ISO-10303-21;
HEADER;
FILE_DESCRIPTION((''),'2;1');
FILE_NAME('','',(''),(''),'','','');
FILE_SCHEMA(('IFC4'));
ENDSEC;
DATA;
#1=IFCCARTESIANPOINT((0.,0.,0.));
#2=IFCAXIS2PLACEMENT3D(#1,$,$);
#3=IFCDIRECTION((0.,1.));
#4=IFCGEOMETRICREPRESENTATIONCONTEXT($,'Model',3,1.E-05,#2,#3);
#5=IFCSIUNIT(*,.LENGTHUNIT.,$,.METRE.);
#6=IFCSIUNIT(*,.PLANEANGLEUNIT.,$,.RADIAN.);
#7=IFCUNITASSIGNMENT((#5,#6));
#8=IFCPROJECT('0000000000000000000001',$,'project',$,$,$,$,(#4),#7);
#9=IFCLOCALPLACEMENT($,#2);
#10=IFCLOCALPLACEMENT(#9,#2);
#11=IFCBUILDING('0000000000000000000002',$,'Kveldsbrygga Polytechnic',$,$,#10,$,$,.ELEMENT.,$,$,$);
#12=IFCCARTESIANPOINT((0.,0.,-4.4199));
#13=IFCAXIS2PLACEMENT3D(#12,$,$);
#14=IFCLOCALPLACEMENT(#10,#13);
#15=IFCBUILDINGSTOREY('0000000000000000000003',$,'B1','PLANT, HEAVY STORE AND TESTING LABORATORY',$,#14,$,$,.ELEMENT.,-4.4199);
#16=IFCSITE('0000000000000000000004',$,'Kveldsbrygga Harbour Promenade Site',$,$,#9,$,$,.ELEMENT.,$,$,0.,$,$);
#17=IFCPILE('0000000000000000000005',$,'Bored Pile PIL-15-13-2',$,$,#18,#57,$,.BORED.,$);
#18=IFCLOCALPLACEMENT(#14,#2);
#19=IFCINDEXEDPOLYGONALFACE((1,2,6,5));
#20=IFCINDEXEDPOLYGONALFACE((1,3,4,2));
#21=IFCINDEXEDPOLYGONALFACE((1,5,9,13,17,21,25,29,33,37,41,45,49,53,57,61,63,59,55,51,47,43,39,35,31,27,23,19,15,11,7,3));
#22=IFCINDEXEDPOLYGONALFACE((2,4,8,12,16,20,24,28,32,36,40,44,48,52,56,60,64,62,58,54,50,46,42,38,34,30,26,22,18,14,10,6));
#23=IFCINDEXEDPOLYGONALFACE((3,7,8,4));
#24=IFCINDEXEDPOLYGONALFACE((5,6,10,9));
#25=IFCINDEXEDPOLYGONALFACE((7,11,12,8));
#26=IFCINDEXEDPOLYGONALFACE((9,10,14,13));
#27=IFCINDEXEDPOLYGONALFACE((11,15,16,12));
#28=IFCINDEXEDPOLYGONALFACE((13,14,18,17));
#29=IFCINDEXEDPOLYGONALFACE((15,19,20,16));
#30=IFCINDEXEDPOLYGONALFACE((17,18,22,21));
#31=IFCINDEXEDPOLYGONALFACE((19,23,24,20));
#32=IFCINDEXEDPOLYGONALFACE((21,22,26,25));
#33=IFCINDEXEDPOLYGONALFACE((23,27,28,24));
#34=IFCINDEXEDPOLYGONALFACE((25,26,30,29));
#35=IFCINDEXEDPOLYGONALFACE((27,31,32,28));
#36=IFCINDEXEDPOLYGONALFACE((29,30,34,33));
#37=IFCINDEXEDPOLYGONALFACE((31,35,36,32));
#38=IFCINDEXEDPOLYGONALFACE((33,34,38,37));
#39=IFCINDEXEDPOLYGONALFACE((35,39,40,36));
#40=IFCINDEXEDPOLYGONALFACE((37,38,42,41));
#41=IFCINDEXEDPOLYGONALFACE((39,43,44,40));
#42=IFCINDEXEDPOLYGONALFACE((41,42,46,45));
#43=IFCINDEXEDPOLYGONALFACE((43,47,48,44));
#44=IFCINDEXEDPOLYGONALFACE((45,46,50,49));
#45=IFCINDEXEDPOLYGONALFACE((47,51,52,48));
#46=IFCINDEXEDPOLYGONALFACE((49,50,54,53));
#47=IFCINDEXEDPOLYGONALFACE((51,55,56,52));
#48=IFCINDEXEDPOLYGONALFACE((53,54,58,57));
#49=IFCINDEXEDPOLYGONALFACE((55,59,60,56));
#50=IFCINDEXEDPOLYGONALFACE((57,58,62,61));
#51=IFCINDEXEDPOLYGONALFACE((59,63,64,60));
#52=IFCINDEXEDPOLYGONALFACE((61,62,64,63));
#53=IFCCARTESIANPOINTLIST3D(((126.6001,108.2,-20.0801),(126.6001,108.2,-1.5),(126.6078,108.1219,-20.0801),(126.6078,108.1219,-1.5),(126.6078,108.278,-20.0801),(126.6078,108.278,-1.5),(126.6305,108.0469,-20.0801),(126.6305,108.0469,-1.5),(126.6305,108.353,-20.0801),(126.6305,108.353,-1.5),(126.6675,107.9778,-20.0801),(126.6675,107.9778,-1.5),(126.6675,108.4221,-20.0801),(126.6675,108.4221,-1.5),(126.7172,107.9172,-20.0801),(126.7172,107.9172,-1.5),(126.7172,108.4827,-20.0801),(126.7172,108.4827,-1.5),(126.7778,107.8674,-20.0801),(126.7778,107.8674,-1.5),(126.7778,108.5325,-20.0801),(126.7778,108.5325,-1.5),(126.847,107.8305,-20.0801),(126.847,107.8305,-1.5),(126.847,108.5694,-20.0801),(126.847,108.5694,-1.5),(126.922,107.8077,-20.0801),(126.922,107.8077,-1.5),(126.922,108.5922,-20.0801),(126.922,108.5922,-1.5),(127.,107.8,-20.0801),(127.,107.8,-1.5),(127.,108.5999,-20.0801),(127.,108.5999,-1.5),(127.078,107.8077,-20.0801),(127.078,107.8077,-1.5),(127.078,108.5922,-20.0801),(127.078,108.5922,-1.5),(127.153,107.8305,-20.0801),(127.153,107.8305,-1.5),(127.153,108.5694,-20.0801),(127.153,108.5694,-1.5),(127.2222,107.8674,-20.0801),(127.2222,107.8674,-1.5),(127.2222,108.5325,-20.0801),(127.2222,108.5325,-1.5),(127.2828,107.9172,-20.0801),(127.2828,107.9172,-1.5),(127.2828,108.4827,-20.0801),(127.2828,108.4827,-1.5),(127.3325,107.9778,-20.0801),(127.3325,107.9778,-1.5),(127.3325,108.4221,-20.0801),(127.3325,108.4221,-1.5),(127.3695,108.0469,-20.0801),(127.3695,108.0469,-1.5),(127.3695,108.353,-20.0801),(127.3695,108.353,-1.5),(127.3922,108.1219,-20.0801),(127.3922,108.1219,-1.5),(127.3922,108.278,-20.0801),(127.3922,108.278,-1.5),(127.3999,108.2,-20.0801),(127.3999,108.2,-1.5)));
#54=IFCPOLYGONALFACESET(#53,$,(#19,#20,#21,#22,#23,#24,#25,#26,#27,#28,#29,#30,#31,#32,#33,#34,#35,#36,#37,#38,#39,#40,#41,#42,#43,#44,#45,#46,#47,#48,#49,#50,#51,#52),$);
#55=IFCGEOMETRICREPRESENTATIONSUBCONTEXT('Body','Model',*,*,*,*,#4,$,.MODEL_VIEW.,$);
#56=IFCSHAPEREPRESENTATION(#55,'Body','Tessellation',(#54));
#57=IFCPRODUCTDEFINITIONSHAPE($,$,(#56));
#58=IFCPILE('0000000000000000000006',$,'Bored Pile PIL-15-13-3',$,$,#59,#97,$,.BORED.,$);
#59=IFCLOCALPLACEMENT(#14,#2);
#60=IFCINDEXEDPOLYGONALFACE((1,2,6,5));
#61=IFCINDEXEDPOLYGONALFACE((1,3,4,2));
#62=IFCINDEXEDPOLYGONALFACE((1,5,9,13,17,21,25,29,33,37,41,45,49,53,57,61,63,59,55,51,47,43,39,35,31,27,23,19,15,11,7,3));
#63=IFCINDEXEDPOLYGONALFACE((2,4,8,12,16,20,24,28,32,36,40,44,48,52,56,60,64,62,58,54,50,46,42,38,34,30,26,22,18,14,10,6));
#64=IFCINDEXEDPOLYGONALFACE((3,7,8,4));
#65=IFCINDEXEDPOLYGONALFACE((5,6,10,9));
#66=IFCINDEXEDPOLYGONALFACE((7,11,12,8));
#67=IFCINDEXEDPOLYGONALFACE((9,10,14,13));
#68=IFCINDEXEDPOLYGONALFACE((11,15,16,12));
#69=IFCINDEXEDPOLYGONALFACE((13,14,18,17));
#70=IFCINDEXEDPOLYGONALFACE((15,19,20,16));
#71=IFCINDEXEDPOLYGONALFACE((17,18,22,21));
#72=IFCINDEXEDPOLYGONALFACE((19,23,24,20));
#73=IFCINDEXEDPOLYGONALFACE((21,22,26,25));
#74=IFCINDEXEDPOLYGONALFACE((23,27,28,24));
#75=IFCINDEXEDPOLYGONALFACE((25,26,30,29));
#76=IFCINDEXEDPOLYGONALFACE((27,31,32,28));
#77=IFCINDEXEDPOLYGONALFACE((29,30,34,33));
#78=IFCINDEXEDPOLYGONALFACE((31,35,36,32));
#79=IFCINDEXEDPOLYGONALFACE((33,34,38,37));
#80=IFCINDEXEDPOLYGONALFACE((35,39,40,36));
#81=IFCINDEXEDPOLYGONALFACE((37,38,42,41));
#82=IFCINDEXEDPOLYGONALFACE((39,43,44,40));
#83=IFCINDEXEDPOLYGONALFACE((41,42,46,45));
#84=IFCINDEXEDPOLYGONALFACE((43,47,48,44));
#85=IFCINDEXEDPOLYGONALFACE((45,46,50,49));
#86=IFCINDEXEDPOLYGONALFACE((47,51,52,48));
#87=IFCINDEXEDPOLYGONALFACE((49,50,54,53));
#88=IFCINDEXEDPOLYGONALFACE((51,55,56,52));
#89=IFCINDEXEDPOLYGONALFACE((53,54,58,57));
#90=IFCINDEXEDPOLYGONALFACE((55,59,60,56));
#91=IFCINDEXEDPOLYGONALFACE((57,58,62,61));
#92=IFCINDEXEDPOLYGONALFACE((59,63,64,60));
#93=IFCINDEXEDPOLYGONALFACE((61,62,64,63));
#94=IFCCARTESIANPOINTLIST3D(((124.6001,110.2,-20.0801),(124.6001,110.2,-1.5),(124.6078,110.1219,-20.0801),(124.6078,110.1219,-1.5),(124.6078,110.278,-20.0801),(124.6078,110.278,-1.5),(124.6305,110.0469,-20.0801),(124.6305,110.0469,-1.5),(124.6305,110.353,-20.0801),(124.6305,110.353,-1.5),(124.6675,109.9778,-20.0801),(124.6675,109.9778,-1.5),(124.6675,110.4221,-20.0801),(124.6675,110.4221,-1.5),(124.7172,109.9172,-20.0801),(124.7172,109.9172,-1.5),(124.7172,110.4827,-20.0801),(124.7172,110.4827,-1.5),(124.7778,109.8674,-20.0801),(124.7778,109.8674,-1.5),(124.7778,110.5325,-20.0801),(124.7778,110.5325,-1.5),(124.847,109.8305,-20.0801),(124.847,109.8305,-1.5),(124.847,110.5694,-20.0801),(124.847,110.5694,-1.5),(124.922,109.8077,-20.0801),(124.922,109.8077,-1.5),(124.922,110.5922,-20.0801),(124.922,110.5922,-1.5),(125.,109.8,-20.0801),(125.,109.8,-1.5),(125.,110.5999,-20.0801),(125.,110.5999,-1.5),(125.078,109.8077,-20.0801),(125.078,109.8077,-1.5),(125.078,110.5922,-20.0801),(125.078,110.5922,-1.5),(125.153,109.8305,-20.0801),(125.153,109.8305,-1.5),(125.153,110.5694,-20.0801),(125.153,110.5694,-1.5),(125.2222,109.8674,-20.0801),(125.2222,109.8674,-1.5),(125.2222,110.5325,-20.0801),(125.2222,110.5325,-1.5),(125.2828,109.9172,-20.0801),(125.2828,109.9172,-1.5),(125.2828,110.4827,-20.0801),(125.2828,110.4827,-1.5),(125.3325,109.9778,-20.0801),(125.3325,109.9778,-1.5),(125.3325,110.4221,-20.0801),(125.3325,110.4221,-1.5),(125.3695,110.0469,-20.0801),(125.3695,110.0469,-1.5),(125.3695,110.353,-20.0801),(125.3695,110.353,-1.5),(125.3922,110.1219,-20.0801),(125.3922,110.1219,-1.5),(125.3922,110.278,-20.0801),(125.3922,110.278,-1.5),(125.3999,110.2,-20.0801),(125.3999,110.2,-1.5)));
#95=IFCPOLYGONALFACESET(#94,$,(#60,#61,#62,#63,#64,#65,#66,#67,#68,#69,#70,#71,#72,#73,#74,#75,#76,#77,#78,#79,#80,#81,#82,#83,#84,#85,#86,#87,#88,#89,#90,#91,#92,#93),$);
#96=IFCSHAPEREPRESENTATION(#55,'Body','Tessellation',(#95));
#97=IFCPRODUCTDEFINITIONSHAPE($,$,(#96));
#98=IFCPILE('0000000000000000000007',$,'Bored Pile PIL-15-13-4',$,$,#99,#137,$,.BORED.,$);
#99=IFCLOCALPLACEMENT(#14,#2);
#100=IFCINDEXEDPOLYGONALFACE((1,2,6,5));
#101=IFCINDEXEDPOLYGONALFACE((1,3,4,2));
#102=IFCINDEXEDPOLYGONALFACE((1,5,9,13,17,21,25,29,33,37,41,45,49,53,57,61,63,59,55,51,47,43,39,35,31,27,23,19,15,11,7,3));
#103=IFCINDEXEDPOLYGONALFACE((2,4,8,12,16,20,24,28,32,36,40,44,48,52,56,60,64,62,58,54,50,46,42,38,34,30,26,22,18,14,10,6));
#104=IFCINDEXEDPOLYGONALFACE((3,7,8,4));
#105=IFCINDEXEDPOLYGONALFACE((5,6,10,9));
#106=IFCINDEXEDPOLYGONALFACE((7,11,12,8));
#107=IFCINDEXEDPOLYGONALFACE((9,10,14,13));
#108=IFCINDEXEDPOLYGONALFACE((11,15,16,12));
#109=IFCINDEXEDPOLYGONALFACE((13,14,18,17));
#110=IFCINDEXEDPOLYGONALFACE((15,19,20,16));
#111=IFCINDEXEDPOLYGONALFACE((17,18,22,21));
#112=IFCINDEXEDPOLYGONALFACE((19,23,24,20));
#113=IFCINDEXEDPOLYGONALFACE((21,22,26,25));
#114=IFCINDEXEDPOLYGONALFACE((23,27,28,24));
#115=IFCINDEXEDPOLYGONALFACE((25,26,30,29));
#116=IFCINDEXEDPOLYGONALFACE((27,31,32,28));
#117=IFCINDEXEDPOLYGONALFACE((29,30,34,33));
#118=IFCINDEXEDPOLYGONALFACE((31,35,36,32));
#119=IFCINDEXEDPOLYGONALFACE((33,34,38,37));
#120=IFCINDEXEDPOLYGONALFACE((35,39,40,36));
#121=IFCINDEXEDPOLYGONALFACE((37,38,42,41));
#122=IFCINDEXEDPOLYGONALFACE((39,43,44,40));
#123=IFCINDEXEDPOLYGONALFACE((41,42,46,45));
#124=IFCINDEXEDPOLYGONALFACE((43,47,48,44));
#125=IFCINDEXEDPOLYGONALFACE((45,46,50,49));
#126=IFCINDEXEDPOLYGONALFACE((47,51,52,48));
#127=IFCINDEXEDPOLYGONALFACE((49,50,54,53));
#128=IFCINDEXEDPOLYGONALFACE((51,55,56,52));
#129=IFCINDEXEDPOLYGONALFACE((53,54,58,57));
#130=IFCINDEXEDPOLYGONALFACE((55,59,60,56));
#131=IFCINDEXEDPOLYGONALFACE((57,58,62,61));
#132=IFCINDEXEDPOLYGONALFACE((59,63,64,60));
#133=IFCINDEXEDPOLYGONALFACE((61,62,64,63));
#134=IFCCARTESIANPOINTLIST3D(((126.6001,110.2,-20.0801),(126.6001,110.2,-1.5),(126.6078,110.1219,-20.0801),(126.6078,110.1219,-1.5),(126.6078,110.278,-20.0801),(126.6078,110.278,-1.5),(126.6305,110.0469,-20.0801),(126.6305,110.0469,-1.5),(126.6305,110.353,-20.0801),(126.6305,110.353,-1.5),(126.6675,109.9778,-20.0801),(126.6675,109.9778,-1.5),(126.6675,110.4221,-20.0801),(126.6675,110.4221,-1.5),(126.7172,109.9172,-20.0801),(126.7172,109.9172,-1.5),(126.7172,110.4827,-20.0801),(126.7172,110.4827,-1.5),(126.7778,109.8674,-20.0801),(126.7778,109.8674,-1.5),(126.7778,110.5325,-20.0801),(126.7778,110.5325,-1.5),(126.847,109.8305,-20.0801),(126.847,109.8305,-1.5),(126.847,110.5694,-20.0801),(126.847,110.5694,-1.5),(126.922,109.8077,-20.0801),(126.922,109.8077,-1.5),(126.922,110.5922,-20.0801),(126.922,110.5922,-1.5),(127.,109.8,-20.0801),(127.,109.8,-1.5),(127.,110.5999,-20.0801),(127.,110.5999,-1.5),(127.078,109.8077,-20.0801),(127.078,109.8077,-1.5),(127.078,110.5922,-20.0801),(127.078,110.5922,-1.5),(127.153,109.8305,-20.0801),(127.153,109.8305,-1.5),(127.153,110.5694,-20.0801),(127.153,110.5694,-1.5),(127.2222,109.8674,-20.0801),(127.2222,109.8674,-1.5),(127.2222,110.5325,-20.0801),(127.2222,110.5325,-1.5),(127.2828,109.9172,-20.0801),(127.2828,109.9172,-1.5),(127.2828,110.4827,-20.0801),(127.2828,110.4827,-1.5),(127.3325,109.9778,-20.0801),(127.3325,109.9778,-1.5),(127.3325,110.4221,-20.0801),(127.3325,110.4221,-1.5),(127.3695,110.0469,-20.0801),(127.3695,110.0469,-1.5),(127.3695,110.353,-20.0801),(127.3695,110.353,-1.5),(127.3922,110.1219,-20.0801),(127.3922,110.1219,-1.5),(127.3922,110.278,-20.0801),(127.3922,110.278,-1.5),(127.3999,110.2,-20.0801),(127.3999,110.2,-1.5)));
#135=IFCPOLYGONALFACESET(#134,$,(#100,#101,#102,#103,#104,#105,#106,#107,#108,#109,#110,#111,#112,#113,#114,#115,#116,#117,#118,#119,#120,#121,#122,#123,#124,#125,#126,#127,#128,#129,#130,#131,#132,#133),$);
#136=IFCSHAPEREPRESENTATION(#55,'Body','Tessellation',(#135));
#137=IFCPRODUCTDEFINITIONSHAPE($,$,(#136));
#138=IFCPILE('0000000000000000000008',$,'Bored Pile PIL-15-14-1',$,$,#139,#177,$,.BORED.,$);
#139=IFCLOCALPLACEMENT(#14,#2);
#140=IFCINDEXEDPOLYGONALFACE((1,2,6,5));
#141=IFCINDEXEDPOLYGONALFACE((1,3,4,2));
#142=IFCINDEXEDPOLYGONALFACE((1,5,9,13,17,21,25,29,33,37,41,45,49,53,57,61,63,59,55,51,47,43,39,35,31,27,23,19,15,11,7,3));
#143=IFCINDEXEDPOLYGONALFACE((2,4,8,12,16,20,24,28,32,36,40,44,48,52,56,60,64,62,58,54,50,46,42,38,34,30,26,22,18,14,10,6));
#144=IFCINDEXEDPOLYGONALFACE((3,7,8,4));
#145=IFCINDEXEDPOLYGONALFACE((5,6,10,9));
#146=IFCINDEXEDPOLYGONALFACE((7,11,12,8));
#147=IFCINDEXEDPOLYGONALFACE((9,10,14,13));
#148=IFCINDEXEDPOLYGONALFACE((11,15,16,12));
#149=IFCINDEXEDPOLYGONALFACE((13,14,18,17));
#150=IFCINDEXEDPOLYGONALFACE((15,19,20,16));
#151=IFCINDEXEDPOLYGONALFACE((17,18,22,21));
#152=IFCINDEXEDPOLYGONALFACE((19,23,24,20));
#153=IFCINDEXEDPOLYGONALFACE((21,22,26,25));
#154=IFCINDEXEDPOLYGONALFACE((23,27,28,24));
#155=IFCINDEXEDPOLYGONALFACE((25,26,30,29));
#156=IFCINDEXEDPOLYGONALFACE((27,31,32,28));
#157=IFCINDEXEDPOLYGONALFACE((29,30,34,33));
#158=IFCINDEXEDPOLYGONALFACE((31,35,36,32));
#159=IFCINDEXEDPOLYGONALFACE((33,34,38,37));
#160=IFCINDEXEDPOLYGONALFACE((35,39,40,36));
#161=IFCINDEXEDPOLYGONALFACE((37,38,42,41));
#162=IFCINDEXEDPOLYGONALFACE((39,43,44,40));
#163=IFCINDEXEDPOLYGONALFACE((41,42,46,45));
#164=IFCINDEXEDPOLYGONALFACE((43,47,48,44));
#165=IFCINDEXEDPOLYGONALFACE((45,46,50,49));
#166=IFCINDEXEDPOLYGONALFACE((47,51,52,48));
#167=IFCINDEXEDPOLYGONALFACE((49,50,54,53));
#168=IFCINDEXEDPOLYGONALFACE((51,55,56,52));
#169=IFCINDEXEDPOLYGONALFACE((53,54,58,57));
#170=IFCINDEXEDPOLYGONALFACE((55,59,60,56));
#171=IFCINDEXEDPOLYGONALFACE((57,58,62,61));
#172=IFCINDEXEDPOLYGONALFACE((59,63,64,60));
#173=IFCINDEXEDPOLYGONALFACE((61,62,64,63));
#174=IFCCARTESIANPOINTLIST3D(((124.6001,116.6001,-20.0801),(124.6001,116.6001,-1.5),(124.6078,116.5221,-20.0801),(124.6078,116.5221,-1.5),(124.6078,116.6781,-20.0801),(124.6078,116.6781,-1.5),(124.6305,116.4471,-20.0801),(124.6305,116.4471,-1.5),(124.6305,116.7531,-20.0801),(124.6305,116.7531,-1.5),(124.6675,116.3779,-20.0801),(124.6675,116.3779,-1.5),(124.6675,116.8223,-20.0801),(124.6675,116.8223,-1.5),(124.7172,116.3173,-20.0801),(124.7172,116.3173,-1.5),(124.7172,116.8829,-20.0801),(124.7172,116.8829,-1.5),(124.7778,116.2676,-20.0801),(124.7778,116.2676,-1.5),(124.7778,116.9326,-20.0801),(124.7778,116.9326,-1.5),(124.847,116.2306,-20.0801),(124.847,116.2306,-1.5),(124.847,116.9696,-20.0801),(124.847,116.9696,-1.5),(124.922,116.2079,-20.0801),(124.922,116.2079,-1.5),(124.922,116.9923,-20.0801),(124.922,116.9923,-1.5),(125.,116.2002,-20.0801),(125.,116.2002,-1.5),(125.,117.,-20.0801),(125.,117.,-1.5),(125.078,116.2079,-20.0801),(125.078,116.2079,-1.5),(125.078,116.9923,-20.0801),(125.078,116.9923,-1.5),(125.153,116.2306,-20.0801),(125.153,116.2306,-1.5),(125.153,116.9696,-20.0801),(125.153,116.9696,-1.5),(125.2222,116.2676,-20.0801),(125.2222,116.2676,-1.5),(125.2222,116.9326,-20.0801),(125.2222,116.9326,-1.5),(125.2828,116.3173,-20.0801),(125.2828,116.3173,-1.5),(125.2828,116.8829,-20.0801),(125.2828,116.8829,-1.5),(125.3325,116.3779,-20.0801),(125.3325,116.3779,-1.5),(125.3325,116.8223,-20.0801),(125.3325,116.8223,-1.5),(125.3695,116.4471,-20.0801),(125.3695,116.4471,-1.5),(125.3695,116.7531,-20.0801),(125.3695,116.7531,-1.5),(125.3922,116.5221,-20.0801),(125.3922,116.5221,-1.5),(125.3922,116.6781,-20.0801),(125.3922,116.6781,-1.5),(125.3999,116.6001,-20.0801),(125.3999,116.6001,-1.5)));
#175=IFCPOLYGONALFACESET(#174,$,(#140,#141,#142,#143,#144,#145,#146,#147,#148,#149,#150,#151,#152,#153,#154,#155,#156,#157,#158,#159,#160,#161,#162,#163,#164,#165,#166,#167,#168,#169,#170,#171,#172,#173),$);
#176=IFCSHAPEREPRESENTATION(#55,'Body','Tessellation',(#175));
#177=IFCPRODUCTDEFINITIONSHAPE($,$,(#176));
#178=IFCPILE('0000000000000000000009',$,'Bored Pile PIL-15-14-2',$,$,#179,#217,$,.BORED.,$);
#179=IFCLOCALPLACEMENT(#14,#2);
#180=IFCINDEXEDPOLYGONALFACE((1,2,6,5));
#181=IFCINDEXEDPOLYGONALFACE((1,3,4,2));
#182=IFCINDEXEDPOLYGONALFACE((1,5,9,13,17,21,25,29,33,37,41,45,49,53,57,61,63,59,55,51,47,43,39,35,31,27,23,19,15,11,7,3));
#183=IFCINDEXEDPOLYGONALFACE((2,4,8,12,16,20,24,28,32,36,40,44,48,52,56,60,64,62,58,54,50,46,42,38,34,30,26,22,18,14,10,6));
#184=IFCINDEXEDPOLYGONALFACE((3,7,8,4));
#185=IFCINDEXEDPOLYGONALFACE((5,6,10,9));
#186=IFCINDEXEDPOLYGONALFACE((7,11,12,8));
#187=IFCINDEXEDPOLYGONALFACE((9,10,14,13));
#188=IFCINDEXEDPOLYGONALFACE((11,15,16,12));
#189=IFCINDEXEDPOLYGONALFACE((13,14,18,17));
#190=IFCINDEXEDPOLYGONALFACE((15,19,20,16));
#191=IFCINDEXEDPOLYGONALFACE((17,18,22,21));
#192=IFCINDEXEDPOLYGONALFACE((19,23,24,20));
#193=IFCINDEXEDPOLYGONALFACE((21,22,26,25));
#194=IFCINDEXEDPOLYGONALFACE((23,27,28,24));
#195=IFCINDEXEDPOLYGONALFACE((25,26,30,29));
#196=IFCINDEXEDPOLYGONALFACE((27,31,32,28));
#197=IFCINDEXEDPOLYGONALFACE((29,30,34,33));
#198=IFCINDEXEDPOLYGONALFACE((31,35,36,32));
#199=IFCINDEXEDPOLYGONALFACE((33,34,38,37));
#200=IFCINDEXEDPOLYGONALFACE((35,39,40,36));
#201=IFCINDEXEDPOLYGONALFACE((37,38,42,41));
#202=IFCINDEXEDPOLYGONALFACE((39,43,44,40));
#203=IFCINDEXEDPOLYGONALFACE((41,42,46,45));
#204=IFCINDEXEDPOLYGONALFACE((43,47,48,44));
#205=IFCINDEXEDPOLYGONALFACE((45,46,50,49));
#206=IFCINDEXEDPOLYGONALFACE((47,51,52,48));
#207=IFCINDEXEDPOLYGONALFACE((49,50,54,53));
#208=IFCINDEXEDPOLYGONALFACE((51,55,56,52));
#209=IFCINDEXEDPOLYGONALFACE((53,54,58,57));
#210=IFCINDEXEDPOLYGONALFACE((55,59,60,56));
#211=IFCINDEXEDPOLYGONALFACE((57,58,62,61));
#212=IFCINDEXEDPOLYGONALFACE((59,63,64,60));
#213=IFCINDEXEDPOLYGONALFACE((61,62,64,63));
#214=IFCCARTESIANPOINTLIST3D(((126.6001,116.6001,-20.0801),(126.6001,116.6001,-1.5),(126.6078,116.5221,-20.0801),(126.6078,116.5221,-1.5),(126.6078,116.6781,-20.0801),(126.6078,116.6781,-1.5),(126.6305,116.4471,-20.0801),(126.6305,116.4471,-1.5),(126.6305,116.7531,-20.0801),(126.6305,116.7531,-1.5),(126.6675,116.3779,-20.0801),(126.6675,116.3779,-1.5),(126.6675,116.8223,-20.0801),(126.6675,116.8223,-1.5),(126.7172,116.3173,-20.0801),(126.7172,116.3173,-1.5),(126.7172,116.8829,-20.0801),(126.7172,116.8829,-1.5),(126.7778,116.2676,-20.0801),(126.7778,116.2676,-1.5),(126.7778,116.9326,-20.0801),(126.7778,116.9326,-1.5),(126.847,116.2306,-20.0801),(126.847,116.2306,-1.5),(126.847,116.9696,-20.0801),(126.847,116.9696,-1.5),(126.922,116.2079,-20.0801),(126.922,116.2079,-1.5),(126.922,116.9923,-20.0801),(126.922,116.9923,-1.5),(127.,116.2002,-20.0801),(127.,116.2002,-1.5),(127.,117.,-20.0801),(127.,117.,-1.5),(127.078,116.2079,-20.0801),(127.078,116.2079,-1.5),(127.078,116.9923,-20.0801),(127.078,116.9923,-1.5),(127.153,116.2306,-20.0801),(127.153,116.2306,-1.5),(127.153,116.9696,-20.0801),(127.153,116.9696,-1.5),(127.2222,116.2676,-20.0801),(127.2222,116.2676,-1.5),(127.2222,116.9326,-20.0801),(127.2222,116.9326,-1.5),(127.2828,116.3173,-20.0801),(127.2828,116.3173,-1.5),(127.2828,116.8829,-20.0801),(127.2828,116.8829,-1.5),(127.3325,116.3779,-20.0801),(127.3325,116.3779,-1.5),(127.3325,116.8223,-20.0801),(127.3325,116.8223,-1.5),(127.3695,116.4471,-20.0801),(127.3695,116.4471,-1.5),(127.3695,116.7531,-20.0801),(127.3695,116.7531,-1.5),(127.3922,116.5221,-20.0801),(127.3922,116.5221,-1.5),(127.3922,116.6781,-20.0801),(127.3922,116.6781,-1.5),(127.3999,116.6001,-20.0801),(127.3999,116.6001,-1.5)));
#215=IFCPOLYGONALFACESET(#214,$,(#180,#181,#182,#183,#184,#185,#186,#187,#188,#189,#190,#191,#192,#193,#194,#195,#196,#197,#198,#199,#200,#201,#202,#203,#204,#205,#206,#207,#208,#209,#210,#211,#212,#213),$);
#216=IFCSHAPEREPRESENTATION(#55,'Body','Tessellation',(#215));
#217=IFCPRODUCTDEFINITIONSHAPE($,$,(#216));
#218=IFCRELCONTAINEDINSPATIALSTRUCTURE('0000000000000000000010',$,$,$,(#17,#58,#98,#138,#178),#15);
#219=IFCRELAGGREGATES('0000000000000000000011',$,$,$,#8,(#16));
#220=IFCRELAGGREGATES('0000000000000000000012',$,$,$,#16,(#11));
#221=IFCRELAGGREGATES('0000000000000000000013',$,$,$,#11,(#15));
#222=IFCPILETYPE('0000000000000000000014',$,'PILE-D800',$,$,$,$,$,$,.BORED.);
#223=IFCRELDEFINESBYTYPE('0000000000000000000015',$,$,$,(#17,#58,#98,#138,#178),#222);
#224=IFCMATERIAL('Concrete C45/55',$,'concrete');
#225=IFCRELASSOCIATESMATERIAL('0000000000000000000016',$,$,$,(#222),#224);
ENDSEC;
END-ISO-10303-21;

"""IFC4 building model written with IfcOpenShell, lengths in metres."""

from ifc_helpers import new_model, si_unit, direction, frame, origin, origin_2d, place, context, subcontext, project, spatial, circle, extrude, material, material_profile, profile_set, type_object, element, save


model = new_model("IFC4")

# Units and contexts
model_context = context("Model", 3, precision=1e-05, world=origin(), true_north=direction((0.0, 1.0)))
body_context = subcontext(model_context, "Body", "Model", "MODEL_VIEW")
ifc_project = project(units=[si_unit("LENGTHUNIT", "METRE"), si_unit("PLANEANGLEUNIT", "RADIAN")], contexts=[model_context])

# Site, building, storey
site_placement = place(None, origin())
site = spatial("IfcSite", under=ifc_project, at=site_placement, Name="Kveldsbrygga Harbour Promenade Site", CompositionType="ELEMENT", RefElevation=0.0)
building_placement = place(site_placement, origin())
building = spatial("IfcBuilding", under=site, at=building_placement, Name="Kveldsbrygga Polytechnic", CompositionType="ELEMENT")
storey_placement = place(building_placement, frame((0.0, 0.0, -4.4199)))
storey = spatial("IfcBuildingStorey", under=building, at=storey_placement, Name="B1", Description="PLANT, HEAVY STORE AND TESTING LABORATORY", CompositionType="ELEMENT", Elevation=-4.4199)

# Shared definitions
ifc_material_1 = material(Name="Concrete C45/55", Category="concrete")

# Piles
ifc_material_profile_1 = material_profile(ifc_material_1, circle(Radius=0.3999, at=origin_2d()), Name="PILE D800")
ifc_profile_set_1 = profile_set([ifc_material_profile_1], Name="Concrete C45/55")
pile_type = type_object("IfcPileType", Name="PILE-D800", PredefinedType="BORED", material=ifc_profile_set_1)
for number, where, z_axis, x_axis, name in (
    (1, (127.0, 108.2, -1.5), (0.0, 0.0, -1.0), (1.0, 0.0, 0.0), "Bored Pile PIL-15-13-2"),
    (2, (125.0, 110.2, -1.5), (0.0, 0.0, -1.0), (1.0, 0.0, 0.0), "Bored Pile PIL-15-13-3"),
    (3, (127.0, 110.2, -1.5), (0.0, 0.0, -1.0), (1.0, 0.0, 0.0), "Bored Pile PIL-15-13-4"),
    (4, (125.0, 116.6001, -1.5), (0.0, 0.0, -1.0), (1.0, 0.0, 0.0), "Bored Pile PIL-15-14-1"),
    (5, (127.0, 116.6001, -1.5), (0.0, 0.0, -1.0), (1.0, 0.0, 0.0), "Bored Pile PIL-15-14-2"),
):
    element("IfcPile", number, at=place(storey_placement, frame(where, z_axis=z_axis, x_axis=x_axis)), inside=storey, type_object=pile_type, Name=name, PredefinedType="BORED", context=body_context, shape_type="SweptSolid", body=[
        extrude(circle(Radius=0.3999, at=origin_2d()), origin(), (0.0, 0.0, 1.0), 18.5801),
    ])

save(model, "model.ifc")
